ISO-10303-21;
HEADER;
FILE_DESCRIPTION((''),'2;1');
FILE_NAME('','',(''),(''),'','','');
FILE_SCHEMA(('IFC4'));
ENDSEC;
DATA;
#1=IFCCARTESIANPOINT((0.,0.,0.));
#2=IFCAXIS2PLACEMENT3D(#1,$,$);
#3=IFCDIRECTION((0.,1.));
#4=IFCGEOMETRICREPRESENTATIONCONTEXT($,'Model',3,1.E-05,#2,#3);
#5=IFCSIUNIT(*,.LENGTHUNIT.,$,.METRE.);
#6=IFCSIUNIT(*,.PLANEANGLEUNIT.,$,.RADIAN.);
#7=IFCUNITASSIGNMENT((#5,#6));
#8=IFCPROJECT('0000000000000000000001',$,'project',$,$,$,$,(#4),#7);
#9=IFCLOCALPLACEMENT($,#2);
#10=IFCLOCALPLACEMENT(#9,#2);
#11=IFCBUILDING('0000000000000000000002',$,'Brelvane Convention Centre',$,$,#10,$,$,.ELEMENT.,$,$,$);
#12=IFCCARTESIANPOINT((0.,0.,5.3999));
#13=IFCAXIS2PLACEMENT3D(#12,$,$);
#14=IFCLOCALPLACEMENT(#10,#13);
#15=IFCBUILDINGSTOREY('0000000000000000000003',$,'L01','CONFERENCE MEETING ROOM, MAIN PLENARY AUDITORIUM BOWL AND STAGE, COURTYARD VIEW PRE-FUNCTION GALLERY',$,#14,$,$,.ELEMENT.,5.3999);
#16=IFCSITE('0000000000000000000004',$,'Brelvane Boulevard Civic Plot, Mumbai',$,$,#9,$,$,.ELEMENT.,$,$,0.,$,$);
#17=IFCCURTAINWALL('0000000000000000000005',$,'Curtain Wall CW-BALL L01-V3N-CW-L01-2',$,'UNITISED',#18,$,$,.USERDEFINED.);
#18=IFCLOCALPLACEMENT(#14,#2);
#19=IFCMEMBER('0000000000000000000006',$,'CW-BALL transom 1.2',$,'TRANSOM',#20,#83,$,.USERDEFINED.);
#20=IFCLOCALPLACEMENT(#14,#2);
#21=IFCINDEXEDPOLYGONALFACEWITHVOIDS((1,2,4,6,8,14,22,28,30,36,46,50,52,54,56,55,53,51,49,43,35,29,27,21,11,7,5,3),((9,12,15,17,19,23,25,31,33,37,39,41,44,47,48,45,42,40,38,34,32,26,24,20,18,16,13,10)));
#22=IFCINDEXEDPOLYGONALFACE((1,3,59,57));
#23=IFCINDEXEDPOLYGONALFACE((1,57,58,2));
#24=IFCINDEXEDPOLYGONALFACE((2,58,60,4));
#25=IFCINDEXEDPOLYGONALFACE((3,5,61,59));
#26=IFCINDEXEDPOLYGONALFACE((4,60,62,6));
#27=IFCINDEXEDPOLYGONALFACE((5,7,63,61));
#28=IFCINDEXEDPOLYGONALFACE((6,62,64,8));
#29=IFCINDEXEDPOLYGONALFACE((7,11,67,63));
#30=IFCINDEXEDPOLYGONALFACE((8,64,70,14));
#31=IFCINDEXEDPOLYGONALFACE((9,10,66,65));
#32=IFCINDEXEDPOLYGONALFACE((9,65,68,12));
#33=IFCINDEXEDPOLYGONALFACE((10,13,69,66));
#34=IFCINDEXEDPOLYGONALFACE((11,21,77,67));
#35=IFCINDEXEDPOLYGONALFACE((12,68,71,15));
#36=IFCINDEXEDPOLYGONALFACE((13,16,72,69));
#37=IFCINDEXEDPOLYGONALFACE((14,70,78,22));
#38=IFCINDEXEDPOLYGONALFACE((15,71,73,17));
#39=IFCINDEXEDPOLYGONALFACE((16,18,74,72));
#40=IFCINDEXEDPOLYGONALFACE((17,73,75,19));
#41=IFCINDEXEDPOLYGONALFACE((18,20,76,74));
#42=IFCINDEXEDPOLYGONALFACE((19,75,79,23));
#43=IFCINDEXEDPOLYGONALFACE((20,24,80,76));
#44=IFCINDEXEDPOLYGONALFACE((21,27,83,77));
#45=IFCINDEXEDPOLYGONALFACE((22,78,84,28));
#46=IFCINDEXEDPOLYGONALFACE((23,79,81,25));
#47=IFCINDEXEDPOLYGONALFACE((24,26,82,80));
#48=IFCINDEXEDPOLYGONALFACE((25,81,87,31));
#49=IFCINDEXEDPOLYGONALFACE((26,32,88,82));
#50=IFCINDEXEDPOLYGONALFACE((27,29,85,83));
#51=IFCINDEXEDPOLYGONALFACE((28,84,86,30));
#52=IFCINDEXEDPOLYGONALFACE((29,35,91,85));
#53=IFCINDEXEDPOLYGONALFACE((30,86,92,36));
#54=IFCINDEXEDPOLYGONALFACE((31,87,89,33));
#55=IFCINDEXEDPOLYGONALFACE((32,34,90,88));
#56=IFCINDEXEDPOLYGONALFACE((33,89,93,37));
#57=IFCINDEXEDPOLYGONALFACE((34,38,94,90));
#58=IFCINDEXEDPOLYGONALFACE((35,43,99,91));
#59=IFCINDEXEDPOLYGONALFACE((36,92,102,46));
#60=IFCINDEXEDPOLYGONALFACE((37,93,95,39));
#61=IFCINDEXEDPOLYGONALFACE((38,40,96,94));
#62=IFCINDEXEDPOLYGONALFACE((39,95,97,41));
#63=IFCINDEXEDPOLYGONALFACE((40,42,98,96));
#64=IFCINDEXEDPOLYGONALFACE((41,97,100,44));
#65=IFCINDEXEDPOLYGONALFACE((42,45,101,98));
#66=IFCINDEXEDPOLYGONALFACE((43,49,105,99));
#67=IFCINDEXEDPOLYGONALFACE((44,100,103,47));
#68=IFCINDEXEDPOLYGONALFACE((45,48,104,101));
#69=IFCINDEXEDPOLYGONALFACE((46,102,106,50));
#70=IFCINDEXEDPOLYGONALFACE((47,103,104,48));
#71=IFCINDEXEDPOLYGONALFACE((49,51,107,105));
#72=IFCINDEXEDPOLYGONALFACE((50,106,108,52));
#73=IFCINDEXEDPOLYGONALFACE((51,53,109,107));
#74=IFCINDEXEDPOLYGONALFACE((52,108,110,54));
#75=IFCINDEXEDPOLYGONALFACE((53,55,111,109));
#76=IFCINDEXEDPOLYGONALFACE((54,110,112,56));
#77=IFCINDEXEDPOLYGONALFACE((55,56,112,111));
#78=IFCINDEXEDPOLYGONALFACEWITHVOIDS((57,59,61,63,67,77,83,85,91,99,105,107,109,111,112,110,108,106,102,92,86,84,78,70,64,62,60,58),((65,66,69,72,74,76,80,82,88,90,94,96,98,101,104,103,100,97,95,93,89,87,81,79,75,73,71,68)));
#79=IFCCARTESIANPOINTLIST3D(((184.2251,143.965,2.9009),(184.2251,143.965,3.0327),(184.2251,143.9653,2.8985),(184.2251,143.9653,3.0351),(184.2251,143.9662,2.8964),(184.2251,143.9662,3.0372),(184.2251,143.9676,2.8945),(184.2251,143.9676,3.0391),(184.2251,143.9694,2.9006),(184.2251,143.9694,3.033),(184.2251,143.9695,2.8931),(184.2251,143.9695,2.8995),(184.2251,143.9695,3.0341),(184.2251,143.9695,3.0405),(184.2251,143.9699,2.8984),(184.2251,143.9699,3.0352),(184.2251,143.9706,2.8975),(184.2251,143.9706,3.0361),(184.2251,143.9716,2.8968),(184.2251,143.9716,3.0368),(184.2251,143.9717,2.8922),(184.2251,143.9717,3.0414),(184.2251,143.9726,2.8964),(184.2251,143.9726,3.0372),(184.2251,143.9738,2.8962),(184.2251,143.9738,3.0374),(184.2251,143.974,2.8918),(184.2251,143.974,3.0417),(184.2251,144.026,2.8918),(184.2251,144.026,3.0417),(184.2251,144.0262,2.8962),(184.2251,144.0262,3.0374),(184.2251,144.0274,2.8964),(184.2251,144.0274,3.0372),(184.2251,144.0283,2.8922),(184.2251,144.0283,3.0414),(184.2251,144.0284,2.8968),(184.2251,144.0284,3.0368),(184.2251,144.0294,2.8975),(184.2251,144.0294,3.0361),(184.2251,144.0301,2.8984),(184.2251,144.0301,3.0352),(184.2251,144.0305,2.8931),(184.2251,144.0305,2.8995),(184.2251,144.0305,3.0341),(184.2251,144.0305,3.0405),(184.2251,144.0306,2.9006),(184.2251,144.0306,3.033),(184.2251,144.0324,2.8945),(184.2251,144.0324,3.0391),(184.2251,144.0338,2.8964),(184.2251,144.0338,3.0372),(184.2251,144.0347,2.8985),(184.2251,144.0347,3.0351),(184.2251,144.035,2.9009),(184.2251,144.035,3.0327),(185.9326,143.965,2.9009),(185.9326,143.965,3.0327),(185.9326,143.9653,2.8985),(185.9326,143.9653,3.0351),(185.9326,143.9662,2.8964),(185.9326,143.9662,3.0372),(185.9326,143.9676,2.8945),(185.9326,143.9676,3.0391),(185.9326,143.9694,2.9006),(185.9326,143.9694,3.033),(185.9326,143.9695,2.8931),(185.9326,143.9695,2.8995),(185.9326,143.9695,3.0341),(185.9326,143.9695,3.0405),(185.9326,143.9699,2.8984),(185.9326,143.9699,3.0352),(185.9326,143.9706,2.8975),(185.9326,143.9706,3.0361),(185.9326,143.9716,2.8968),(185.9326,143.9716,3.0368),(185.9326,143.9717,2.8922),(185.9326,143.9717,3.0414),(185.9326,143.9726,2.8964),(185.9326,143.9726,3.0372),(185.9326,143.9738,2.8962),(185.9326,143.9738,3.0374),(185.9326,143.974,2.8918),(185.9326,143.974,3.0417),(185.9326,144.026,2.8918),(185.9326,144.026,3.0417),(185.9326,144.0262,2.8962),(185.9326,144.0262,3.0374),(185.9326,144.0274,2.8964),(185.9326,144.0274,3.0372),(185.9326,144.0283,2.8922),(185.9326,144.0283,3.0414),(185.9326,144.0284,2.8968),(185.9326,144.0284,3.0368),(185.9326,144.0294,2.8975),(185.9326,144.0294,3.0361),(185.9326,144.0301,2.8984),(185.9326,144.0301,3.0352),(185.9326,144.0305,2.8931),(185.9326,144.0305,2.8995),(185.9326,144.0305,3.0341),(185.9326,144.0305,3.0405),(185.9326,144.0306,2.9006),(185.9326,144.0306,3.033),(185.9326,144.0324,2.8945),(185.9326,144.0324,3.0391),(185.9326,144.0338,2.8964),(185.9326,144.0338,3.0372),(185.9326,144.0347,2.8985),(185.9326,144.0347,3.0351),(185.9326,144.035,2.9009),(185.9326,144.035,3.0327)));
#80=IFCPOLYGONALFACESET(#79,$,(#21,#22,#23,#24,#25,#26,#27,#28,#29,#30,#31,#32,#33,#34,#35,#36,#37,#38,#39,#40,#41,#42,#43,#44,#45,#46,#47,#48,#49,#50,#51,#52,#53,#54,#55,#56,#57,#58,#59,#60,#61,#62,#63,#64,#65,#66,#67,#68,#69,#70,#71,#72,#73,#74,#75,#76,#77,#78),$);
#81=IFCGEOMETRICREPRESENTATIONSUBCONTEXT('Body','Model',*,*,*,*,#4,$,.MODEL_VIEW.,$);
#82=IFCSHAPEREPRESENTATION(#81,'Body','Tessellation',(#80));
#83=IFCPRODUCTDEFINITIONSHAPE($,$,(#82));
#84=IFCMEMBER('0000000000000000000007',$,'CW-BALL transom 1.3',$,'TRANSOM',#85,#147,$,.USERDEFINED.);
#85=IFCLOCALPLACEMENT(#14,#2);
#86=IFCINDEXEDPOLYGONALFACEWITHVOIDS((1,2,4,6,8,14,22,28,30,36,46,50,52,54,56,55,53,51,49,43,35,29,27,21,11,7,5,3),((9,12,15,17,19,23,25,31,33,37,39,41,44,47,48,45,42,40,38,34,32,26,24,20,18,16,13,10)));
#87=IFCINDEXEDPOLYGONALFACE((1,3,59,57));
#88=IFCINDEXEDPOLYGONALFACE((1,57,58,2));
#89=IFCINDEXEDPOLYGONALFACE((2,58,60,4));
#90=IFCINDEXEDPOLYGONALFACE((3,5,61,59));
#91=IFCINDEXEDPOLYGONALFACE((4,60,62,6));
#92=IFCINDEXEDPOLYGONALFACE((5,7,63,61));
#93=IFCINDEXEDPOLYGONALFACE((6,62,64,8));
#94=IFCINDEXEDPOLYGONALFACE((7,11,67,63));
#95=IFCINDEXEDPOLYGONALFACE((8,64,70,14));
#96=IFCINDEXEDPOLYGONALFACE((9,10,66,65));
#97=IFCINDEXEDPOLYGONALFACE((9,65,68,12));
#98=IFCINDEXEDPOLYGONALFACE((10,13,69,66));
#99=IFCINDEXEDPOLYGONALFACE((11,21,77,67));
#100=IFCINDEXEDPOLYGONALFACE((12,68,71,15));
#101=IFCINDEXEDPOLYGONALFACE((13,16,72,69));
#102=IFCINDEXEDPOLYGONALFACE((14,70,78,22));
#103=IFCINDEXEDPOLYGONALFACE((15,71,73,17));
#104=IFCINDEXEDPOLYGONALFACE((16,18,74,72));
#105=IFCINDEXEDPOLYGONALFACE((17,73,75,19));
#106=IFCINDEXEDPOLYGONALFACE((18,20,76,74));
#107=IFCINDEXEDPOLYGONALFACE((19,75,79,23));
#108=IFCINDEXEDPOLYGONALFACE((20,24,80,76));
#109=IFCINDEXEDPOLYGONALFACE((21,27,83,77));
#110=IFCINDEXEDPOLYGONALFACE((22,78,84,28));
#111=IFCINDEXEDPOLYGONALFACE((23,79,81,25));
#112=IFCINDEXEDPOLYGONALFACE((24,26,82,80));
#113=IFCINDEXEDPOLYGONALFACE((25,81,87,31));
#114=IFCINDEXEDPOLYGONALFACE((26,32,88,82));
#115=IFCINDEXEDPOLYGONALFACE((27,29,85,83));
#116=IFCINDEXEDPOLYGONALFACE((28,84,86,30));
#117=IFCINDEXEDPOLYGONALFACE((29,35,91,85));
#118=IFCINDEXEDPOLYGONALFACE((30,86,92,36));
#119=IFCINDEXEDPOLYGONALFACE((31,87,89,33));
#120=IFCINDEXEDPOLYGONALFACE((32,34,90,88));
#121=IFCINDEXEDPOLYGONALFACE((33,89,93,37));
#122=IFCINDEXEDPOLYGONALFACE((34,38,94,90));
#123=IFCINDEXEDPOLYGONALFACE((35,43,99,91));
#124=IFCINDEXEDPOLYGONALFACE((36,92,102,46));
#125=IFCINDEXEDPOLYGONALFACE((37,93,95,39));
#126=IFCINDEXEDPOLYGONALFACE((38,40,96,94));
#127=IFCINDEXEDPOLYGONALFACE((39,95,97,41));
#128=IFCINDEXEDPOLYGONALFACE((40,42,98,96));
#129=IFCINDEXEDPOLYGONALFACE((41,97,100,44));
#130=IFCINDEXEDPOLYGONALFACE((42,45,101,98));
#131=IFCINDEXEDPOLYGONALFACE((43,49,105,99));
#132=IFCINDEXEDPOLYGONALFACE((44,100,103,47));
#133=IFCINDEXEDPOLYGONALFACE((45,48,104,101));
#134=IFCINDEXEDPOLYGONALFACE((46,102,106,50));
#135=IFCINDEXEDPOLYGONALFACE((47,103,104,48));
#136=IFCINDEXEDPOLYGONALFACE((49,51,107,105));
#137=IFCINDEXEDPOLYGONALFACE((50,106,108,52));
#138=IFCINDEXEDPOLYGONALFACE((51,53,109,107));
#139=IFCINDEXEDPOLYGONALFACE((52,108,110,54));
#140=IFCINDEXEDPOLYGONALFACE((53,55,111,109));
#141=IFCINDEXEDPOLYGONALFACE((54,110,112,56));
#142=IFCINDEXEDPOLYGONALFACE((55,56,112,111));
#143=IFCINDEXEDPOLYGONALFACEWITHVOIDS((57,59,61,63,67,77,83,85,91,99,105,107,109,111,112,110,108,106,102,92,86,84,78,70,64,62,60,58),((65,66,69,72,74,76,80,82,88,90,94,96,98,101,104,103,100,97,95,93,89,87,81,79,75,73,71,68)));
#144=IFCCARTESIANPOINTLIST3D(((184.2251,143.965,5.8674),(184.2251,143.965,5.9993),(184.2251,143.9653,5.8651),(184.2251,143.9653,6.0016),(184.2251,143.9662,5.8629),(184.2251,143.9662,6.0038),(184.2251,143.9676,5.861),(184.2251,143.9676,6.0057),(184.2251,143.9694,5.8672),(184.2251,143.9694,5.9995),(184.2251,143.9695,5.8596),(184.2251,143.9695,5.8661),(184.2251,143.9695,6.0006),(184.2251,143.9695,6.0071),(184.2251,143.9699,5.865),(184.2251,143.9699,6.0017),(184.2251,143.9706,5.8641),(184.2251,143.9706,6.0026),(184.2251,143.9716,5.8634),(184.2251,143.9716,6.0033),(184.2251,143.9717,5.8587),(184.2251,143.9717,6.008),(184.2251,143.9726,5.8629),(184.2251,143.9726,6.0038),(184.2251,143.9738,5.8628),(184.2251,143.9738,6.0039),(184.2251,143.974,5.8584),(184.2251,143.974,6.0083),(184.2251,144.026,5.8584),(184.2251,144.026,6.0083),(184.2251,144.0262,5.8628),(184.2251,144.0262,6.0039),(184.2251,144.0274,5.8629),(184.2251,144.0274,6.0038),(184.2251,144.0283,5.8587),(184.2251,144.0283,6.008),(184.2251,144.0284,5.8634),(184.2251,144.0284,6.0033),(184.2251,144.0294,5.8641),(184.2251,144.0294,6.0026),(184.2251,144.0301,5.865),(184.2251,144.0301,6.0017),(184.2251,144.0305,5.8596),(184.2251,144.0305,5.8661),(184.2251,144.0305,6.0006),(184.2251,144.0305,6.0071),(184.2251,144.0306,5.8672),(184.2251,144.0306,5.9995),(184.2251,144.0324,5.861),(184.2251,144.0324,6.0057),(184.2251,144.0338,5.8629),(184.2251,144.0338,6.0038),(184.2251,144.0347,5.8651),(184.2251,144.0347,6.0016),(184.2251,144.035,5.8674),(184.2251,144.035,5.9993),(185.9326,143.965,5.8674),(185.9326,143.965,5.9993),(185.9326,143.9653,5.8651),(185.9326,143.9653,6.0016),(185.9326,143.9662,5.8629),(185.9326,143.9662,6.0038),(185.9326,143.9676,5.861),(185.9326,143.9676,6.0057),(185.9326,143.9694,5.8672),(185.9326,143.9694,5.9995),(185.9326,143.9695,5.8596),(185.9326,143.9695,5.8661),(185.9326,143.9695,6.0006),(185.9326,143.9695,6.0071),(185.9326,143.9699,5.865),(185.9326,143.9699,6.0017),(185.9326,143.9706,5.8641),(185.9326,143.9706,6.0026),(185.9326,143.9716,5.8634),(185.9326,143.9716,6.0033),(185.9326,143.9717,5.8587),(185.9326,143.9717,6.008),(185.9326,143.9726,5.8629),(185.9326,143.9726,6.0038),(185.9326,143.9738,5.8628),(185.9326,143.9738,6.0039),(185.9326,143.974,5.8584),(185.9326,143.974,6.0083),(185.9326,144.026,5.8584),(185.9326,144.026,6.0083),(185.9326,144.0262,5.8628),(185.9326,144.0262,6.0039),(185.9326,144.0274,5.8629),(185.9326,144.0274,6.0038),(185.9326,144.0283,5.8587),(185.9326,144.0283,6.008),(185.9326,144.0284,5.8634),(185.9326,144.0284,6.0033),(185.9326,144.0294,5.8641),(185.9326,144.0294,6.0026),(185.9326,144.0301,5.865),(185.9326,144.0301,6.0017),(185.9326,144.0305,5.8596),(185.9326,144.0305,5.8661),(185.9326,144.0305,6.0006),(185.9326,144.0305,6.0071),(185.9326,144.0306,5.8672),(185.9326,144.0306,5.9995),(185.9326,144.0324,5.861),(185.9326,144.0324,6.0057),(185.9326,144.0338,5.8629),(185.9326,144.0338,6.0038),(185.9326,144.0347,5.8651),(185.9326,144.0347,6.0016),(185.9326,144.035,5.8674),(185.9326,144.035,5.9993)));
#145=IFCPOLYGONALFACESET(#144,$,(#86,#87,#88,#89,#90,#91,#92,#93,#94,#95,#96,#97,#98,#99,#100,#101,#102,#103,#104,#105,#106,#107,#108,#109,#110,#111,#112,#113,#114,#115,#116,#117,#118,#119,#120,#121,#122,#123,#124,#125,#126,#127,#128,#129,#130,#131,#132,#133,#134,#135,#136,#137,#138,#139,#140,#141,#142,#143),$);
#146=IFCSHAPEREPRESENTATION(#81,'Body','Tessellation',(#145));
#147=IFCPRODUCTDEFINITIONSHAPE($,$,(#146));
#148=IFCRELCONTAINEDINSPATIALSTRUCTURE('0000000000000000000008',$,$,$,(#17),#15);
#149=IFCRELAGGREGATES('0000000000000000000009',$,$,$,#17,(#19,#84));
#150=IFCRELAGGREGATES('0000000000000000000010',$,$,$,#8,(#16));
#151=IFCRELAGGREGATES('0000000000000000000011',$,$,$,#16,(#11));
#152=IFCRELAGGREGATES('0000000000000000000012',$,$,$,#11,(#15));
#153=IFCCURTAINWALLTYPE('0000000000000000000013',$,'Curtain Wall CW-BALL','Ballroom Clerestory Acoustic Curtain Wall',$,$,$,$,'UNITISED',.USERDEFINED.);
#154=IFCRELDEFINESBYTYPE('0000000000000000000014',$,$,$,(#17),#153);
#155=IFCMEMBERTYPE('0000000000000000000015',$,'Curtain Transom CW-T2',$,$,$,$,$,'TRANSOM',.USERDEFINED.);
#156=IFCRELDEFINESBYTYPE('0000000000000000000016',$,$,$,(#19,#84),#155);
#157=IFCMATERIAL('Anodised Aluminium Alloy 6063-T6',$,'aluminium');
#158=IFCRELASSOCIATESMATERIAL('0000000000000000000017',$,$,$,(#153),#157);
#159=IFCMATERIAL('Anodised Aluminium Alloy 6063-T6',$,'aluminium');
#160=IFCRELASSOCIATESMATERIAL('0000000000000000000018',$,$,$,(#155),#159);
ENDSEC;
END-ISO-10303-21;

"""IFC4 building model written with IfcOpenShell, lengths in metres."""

from ifc_helpers import new_model, si_unit, direction, frame, origin, origin_2d, place, context, subcontext, project, spatial, hollow_rectangle, extrude, material, material_profile, profile_set, type_object, element, aggregate, save


model = new_model("IFC4")

# Units and contexts
model_context = context("Model", 3, precision=1e-05, world=origin(), true_north=direction((0.0, 1.0)))
body_context = subcontext(model_context, "Body", "Model", "MODEL_VIEW")
ifc_project = project(units=[si_unit("LENGTHUNIT", "METRE"), si_unit("PLANEANGLEUNIT", "RADIAN")], contexts=[model_context])

# Site, building, storey
site_placement = place(None, origin())
site = spatial("IfcSite", under=ifc_project, at=site_placement, Name="Brelvane Boulevard Civic Plot, Mumbai", CompositionType="ELEMENT", RefElevation=0.0)
building_placement = place(site_placement, origin())
building = spatial("IfcBuilding", under=site, at=building_placement, Name="Brelvane Convention Centre", CompositionType="ELEMENT")
storey_placement = place(building_placement, frame((0.0, 0.0, 5.3999)))
storey = spatial("IfcBuildingStorey", under=building, at=storey_placement, Name="L01", Description="CONFERENCE MEETING ROOM, MAIN PLENARY AUDITORIUM BOWL AND STAGE, COURTYARD VIEW PRE-FUNCTION GALLERY", CompositionType="ELEMENT", Elevation=5.3999)

# Curtain wall, members
ifc_material_1 = material(Name="Anodised Aluminium Alloy 6063-T6", Category="aluminium")
curtain_wall_type = type_object("IfcCurtainWallType", Name="Curtain Wall CW-BALL", Description="Ballroom Clerestory Acoustic Curtain Wall", ElementType="UNITISED", PredefinedType="USERDEFINED", material=ifc_material_1)
curtain_wall_placement = place(storey_placement, origin())
curtain_wall = element("IfcCurtainWall", 1, at=curtain_wall_placement, inside=storey, type_object=curtain_wall_type, Name="Curtain Wall CW-BALL L01-V3N-CW-L01-2", ObjectType="UNITISED", PredefinedType="USERDEFINED")
ifc_material_2 = material(Name="Anodised Aluminium Alloy 6063-T6", Category="aluminium")
ifc_material_profile_1 = material_profile(ifc_material_2, hollow_rectangle(XDim=0.0701, YDim=0.1499, WallThickness=0.0044, InnerFilletRadius=0.0044, OuterFilletRadius=0.009, at=origin_2d()), Name="ALU-T 150x70x4.5")
ifc_profile_set_1 = profile_set([ifc_material_profile_1], Name="Anodised Aluminium Alloy 6063-T6")
member_type_1 = type_object("IfcMemberType", Name="Curtain Transom CW-T2", ElementType="TRANSOM", PredefinedType="USERDEFINED", material=ifc_profile_set_1)
member_1_placement = place(storey_placement, frame((184.2251, 144.0, 2.9668), z_axis=(1.0, 0.0, 0.0), x_axis=(0.0, 1.0, 0.0)))
member_1 = element("IfcMember", 2, at=member_1_placement, type_object=member_type_1, Name="CW-BALL transom 1.2", ObjectType="TRANSOM", PredefinedType="USERDEFINED", context=body_context, shape_type="SweptSolid", body=[
    extrude(hollow_rectangle(XDim=0.0701, YDim=0.1499, WallThickness=0.0044, InnerFilletRadius=0.0044, OuterFilletRadius=0.009, at=origin_2d()), origin(), (0.0, 0.0, 1.0), 1.7075),
])
member_2_placement = place(storey_placement, frame((184.2251, 144.0, 5.9333), z_axis=(1.0, 0.0, 0.0), x_axis=(0.0, 1.0, 0.0)))
member_2 = element("IfcMember", 3, at=member_2_placement, type_object=member_type_1, Name="CW-BALL transom 1.3", ObjectType="TRANSOM", PredefinedType="USERDEFINED", context=body_context, shape_type="SweptSolid", body=[
    extrude(hollow_rectangle(XDim=0.0701, YDim=0.1499, WallThickness=0.0044, InnerFilletRadius=0.0044, OuterFilletRadius=0.009, at=origin_2d()), origin(), (0.0, 0.0, 1.0), 1.7075),
])
aggregate(curtain_wall, [member_1, member_2])

save(model, "model.ifc")
